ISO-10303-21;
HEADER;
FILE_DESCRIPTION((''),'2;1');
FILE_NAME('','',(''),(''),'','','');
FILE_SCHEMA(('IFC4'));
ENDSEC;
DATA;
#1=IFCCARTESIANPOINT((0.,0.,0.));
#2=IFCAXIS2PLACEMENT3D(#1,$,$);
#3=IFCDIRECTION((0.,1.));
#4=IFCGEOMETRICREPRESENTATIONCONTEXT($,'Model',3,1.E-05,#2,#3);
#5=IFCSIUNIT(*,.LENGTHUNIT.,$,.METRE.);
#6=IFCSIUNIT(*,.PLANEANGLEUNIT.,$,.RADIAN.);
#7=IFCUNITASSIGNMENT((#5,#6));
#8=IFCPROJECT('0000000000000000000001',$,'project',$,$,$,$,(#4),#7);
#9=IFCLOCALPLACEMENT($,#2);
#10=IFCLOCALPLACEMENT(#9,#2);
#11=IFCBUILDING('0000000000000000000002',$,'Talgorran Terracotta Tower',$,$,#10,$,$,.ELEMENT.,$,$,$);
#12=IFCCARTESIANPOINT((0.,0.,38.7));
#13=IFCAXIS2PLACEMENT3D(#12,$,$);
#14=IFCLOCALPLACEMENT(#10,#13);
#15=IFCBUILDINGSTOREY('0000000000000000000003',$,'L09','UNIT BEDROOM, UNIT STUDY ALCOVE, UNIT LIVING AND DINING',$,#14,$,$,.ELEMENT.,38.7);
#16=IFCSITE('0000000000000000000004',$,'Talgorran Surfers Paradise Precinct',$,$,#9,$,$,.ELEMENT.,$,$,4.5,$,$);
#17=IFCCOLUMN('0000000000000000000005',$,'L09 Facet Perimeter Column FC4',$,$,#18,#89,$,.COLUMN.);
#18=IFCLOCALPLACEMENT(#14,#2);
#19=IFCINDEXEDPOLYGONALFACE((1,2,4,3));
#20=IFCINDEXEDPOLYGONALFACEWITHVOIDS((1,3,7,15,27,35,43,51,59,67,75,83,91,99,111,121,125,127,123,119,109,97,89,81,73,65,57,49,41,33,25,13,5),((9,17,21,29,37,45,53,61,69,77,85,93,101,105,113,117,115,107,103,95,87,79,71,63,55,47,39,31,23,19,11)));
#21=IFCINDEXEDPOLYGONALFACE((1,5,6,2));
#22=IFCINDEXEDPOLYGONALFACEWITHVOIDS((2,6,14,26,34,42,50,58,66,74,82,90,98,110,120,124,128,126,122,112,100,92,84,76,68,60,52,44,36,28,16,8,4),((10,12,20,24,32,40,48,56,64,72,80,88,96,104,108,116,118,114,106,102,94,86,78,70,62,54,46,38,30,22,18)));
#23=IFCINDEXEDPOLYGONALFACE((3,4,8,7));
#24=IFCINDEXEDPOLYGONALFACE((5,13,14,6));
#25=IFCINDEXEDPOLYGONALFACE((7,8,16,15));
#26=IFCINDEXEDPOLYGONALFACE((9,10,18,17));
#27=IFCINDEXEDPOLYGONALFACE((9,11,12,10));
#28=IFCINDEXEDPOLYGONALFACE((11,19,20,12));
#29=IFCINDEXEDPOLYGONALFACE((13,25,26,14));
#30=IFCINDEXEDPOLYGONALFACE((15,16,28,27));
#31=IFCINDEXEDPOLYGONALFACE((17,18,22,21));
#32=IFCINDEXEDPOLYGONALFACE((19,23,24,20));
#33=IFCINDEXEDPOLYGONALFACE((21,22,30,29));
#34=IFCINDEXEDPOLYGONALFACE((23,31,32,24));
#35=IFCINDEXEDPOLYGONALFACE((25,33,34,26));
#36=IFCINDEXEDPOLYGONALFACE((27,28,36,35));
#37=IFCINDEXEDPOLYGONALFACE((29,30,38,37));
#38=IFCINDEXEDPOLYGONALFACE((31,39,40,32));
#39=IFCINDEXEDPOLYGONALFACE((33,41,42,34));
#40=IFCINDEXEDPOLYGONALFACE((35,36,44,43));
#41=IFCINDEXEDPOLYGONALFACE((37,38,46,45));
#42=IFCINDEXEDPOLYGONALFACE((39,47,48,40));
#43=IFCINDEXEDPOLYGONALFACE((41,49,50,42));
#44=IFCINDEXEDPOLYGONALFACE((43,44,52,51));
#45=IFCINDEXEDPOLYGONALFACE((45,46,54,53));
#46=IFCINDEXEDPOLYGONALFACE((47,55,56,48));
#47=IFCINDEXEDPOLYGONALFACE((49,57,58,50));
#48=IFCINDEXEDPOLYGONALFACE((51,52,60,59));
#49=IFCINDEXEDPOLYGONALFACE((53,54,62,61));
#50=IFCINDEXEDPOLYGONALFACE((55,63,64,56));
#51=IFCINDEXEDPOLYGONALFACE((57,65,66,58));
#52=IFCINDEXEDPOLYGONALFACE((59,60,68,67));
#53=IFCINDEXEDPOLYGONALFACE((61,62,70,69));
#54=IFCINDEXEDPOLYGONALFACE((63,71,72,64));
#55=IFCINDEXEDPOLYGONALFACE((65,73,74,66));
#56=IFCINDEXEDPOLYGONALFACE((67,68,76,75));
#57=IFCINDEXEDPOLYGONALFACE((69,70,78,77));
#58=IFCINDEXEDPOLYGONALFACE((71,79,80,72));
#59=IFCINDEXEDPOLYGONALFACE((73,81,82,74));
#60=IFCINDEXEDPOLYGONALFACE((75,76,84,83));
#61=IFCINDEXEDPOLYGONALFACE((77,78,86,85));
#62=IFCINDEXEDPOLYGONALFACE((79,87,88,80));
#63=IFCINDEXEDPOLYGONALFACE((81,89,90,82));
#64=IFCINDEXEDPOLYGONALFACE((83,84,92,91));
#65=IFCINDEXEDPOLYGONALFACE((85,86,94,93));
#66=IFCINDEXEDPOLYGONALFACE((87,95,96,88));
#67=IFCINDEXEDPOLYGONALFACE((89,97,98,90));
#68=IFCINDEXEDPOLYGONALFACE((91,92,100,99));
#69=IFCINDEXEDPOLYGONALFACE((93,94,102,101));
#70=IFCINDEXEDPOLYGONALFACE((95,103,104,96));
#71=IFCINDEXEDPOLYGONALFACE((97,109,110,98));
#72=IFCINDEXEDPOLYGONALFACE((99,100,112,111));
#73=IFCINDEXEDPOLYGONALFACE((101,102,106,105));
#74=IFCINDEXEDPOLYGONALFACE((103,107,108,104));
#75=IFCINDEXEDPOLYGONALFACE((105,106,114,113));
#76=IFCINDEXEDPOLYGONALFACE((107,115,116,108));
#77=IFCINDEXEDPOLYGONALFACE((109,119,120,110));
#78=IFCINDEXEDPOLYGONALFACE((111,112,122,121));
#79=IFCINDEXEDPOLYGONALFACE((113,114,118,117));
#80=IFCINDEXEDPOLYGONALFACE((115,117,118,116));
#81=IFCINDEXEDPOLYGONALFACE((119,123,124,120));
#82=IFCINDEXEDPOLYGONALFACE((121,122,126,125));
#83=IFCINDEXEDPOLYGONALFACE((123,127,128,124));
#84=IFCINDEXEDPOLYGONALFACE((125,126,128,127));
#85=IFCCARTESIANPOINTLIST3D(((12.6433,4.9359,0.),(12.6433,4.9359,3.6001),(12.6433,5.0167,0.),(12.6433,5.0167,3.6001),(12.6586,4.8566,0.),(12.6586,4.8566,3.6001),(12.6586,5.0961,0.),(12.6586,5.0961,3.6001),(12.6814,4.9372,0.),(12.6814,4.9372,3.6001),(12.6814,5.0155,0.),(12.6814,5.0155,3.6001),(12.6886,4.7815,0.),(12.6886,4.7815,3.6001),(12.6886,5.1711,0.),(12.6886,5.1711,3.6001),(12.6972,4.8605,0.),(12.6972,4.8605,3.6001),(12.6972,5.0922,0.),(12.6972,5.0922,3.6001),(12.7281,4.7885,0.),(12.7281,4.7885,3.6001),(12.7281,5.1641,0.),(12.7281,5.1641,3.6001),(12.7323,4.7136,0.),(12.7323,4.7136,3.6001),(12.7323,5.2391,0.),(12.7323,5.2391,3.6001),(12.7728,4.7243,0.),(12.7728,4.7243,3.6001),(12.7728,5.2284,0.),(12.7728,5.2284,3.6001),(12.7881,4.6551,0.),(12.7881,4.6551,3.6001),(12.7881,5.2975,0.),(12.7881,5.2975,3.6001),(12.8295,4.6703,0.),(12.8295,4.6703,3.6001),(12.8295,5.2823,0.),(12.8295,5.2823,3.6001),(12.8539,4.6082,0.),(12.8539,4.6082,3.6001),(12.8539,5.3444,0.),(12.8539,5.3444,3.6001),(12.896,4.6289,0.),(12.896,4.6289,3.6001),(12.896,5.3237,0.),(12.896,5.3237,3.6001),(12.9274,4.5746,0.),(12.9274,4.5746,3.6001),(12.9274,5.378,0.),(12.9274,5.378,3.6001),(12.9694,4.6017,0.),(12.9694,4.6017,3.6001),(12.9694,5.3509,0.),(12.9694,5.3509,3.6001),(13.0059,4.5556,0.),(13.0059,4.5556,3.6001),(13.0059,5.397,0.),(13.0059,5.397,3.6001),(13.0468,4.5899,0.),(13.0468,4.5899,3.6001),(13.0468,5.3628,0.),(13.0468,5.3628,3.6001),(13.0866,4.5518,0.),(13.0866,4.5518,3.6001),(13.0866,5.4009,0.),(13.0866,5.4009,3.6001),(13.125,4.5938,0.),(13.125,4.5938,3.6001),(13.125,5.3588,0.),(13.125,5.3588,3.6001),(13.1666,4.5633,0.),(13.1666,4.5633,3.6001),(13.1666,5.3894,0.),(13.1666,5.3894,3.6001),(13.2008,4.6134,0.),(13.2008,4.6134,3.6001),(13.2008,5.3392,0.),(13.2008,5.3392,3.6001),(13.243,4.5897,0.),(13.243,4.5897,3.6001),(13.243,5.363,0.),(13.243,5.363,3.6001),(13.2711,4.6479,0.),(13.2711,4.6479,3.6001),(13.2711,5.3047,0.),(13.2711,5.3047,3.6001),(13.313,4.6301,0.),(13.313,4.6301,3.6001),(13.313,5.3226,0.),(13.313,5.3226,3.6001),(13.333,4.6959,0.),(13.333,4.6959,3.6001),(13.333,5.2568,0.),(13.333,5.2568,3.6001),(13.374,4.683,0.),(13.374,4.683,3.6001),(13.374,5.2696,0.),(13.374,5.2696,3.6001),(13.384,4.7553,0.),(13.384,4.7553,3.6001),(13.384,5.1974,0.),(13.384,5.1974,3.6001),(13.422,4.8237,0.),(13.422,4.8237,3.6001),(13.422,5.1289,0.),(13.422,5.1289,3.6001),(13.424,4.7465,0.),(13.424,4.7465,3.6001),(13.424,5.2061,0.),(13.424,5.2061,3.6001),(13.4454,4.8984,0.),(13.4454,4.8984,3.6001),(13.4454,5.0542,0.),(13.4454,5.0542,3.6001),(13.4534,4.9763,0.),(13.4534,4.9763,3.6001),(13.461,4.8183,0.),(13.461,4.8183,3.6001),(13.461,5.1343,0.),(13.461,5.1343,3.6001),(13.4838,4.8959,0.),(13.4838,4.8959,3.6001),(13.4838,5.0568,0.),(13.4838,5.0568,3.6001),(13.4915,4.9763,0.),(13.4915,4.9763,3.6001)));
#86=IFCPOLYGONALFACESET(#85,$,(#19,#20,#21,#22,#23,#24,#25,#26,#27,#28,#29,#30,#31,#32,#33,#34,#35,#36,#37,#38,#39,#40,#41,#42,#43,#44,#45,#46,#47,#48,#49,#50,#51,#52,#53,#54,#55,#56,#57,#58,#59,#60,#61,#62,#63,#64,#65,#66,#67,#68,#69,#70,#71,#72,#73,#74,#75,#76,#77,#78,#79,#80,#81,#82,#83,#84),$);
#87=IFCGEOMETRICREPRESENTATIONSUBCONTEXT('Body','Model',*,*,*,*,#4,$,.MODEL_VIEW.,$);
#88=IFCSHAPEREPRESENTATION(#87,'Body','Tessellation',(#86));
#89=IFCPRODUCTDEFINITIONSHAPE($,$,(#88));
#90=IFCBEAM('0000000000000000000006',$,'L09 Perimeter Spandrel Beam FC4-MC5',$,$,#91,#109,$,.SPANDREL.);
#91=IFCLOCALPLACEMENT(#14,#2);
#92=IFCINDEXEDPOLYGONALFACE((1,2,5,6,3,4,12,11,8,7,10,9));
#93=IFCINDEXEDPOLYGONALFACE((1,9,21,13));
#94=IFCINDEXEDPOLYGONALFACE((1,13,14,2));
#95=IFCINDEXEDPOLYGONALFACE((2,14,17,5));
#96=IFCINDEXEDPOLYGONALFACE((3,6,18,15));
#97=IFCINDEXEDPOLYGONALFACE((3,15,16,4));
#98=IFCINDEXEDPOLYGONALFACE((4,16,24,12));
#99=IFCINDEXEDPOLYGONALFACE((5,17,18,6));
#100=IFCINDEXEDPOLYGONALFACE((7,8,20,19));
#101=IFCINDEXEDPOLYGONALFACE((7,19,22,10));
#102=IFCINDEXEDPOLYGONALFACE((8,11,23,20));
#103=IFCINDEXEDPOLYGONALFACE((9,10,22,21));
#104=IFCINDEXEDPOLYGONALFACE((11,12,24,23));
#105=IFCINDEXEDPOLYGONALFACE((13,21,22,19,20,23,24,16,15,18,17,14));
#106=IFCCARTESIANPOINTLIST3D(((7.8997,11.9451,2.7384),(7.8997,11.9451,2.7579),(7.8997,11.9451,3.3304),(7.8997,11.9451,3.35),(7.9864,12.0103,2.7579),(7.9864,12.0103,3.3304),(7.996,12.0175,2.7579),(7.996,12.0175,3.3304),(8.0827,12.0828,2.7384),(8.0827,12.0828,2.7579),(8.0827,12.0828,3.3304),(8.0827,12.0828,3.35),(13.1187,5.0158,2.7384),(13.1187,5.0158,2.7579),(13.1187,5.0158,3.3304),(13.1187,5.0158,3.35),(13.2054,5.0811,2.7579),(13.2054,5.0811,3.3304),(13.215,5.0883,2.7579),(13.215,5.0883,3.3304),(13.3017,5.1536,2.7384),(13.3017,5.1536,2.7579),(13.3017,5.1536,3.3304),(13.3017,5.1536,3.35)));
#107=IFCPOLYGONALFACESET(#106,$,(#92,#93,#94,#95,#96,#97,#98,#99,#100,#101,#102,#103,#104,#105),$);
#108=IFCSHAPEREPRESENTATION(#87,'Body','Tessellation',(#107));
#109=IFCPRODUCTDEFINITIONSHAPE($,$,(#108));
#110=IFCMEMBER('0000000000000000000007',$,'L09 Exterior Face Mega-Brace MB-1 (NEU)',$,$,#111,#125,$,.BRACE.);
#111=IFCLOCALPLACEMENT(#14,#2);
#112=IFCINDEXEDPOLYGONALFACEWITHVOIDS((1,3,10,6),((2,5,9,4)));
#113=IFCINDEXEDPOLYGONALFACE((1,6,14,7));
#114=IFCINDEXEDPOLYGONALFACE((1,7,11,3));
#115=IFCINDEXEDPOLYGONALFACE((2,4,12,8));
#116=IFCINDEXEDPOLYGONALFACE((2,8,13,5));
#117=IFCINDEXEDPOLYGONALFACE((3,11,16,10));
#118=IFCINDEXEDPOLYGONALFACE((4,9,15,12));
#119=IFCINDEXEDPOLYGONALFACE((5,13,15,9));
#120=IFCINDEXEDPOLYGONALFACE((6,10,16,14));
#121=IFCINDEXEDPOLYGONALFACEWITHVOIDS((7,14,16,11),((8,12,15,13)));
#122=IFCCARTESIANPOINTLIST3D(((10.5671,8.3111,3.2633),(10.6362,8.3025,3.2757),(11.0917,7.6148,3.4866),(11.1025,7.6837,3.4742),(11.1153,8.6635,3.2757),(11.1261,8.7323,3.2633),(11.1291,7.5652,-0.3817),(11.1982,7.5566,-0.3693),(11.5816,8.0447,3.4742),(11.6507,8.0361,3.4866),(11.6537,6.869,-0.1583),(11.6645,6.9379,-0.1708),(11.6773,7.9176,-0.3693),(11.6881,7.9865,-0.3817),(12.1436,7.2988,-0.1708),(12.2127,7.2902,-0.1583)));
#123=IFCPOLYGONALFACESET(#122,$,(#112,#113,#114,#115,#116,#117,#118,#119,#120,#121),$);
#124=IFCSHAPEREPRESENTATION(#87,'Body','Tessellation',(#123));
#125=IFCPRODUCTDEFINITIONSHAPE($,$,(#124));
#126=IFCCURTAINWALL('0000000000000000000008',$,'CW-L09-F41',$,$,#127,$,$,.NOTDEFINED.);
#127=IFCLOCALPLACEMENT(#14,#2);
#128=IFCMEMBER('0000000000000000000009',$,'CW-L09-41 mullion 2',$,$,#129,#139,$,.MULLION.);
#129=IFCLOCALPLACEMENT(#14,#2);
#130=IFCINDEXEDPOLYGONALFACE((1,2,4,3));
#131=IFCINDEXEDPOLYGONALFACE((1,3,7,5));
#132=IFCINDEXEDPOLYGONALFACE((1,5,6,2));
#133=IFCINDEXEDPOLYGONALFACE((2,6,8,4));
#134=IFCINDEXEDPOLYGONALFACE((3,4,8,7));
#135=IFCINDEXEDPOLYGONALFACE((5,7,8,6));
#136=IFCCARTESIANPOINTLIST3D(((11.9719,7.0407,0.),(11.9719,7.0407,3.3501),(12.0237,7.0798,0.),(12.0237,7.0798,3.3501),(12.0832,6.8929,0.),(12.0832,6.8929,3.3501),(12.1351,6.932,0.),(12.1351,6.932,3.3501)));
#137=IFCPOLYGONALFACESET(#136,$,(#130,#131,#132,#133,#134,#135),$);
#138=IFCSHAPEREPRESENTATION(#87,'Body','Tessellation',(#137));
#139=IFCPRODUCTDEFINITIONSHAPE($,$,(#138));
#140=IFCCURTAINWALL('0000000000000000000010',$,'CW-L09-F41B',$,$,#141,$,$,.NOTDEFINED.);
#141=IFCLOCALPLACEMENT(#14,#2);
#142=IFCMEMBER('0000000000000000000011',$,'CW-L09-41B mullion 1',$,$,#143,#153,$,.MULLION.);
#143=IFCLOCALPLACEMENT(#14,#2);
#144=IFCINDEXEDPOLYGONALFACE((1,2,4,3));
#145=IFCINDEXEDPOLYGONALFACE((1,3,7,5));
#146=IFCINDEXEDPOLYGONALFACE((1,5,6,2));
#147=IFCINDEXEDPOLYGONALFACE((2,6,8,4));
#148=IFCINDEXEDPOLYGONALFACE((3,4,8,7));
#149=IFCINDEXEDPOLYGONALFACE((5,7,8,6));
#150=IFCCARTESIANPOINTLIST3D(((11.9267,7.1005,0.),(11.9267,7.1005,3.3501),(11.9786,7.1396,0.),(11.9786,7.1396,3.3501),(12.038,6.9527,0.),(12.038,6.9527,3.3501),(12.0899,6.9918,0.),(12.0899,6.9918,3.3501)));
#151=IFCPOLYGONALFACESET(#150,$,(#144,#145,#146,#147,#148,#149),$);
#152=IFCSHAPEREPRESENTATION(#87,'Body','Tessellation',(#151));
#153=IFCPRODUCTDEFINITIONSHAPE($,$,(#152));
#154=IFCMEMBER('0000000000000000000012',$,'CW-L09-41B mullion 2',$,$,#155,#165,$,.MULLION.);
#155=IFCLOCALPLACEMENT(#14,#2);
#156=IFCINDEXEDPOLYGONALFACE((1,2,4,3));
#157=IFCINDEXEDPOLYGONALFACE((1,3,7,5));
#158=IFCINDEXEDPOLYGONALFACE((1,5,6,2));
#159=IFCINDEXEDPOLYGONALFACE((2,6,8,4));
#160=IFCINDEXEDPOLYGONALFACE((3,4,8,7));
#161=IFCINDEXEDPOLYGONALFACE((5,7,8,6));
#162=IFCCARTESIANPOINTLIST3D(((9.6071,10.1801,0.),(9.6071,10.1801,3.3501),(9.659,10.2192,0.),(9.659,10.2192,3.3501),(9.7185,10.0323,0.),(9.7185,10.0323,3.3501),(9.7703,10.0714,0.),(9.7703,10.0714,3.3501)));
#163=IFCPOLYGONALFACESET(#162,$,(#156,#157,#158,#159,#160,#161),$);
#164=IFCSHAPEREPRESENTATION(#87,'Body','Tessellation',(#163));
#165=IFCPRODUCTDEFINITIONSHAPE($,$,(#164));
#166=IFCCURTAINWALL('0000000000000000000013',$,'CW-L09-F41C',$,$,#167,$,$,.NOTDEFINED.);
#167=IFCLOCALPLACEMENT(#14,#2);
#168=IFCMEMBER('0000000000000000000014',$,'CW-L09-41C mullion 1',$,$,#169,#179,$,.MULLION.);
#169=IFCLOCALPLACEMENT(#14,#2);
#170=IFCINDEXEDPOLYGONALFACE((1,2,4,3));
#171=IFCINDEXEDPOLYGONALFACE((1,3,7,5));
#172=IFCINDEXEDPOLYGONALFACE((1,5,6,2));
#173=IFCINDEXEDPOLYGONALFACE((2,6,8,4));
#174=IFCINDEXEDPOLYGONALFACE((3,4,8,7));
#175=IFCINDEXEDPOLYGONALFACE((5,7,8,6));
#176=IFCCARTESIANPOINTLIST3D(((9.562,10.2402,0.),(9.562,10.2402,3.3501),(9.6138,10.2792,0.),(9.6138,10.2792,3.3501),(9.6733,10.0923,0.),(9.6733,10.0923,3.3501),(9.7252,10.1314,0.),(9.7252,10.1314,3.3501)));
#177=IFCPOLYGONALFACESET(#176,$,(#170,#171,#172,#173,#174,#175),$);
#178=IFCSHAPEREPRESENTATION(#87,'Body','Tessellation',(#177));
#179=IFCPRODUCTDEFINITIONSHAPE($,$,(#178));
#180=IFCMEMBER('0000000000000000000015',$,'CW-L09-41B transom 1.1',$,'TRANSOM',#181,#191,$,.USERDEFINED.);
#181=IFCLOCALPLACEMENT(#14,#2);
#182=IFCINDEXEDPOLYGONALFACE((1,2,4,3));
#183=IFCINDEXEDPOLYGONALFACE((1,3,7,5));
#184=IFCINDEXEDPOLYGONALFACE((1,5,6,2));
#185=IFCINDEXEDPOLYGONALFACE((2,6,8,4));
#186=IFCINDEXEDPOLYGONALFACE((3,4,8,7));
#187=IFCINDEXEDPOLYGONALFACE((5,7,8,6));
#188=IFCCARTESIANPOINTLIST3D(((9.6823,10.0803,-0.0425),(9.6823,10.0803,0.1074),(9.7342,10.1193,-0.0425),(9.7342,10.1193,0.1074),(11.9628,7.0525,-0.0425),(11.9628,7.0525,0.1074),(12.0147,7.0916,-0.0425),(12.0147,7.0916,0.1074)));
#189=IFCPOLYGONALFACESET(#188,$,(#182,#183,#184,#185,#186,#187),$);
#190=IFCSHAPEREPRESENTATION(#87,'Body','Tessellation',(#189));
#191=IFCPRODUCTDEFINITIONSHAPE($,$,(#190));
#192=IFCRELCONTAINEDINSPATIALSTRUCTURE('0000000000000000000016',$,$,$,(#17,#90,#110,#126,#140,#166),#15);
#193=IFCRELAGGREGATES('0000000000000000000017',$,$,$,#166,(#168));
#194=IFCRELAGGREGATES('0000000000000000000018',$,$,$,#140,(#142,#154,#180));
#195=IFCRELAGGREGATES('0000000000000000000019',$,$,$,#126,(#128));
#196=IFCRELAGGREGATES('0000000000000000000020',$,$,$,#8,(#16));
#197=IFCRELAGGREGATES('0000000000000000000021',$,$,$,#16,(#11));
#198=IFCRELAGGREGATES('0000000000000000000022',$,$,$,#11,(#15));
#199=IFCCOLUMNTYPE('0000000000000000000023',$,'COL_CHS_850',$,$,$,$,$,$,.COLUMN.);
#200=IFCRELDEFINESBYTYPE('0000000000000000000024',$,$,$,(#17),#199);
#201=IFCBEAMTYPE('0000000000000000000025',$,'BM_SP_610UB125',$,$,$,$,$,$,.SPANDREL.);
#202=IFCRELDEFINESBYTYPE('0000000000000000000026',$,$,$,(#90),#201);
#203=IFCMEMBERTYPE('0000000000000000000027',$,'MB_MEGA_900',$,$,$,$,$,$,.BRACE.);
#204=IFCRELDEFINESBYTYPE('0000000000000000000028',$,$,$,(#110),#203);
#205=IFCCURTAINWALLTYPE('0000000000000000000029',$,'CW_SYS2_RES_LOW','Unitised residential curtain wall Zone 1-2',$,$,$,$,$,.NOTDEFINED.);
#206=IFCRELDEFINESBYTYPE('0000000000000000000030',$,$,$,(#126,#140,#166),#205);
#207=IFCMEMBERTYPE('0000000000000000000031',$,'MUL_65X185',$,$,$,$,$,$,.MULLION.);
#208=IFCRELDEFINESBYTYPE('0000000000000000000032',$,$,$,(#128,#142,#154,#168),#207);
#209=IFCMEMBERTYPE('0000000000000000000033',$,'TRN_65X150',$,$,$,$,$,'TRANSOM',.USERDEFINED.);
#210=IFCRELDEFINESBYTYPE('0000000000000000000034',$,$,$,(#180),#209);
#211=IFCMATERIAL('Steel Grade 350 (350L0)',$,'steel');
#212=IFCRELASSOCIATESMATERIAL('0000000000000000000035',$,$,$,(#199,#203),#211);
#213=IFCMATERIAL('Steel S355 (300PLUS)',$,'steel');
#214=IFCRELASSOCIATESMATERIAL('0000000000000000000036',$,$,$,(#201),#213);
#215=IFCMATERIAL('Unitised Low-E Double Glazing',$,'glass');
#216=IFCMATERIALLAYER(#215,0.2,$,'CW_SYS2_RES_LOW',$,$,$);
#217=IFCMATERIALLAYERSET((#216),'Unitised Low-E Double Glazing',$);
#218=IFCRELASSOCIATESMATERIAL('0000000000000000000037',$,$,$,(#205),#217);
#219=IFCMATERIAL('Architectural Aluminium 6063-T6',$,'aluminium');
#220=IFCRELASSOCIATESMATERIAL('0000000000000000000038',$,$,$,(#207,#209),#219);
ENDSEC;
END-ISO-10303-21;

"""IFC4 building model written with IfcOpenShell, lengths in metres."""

from ifc_helpers import new_model, si_unit, direction, frame, origin, origin_2d, place, context, subcontext, project, spatial, rectangle, hollow_rectangle, hollow_circle, i_section, extrude, material, layer, layer_set, material_profile, profile_set, type_object, element, aggregate, save


model = new_model("IFC4")

# Units and contexts
model_context = context("Model", 3, precision=1e-05, world=origin(), true_north=direction((0.0, 1.0)))
body_context = subcontext(model_context, "Body", "Model", "MODEL_VIEW")
ifc_project = project(units=[si_unit("LENGTHUNIT", "METRE"), si_unit("PLANEANGLEUNIT", "RADIAN")], contexts=[model_context])

# Site, building, storey
site_placement = place(None, origin())
site = spatial("IfcSite", under=ifc_project, at=site_placement, Name="Talgorran Surfers Paradise Precinct", CompositionType="ELEMENT", RefElevation=4.5)
building_placement = place(site_placement, origin())
building = spatial("IfcBuilding", under=site, at=building_placement, Name="Talgorran Terracotta Tower", CompositionType="ELEMENT")
storey_placement = place(building_placement, frame((0.0, 0.0, 38.7)))
storey = spatial("IfcBuildingStorey", under=building, at=storey_placement, Name="L09", Description="UNIT BEDROOM, UNIT STUDY ALCOVE, UNIT LIVING AND DINING", CompositionType="ELEMENT", Elevation=38.7)

# Column
ifc_material_1 = material(Name="Steel Grade 350 (350L0)", Category="steel")
ifc_material_profile_1 = material_profile(ifc_material_1, hollow_circle(Radius=0.425, WallThickness=0.0381, at=origin_2d()), Name="CHS850X38")
ifc_profile_set_1 = profile_set([ifc_material_profile_1], Name="Steel Grade 350 (350L0)")
column_type = type_object("IfcColumnType", Name="COL_CHS_850", PredefinedType="COLUMN", material=ifc_profile_set_1)
column_placement = place(storey_placement, frame((13.0664, 4.9763, 0.0), z_axis=(0.0, 0.0, 1.0), x_axis=(1.0, 0.0, 0.0)))
element("IfcColumn", 1, at=column_placement, inside=storey, type_object=column_type, Name="L09 Facet Perimeter Column FC4", PredefinedType="COLUMN", context=body_context, shape_type="SweptSolid", body=[
    extrude(hollow_circle(Radius=0.425, WallThickness=0.0381, at=origin_2d()), origin(), (0.0, 0.0, 1.0), 3.6001),
])

# Beam
ifc_material_2 = material(Name="Steel S355 (300PLUS)", Category="steel")
ifc_material_profile_2 = material_profile(ifc_material_2, i_section(OverallWidth=0.229, OverallDepth=0.6116, WebThickness=0.012, FlangeThickness=0.0195, at=origin_2d()), Name="610UB125")
ifc_profile_set_2 = profile_set([ifc_material_profile_2], Name="Steel S355 (300PLUS)")
beam_type = type_object("IfcBeamType", Name="BM_SP_610UB125", PredefinedType="SPANDREL", material=ifc_profile_set_2)
beam_placement = place(storey_placement, frame((13.2102, 5.0847, 3.0442), z_axis=(-0.601629, 0.798776, 0.0), x_axis=(-0.798776, -0.601629, 0.0)))
element("IfcBeam", 2, at=beam_placement, inside=storey, type_object=beam_type, Name="L09 Perimeter Spandrel Beam FC4-MC5", PredefinedType="SPANDREL", context=body_context, shape_type="SweptSolid", body=[
    extrude(i_section(OverallWidth=0.229, OverallDepth=0.6116, WebThickness=0.012, FlangeThickness=0.0195, at=origin_2d()), origin(), (0.0, 0.0, 1.0), 8.6748),
])

# Member
ifc_material_profile_3 = material_profile(ifc_material_1, hollow_rectangle(XDim=0.7, YDim=0.8999, WallThickness=0.05, at=origin_2d()), Name="WBOX900X700X50")
ifc_profile_set_3 = profile_set([ifc_material_profile_3], Name="Steel Grade 350 (350L0)")
member_type_1 = type_object("IfcMemberType", Name="MB_MEGA_900", PredefinedType="BRACE", material=ifc_profile_set_3)
member_1_placement = place(storey_placement, frame((11.6709, 7.4277, -0.27), z_axis=(-0.149362, 0.198219, 0.968711), x_axis=(-0.798649, -0.601797, 0.0)))
element("IfcMember", 3, at=member_1_placement, inside=storey, type_object=member_type_1, Name="L09 Exterior Face Mega-Brace MB-1 (NEU)", PredefinedType="BRACE", context=body_context, shape_type="SweptSolid", body=[
    extrude(hollow_rectangle(XDim=0.7, YDim=0.8999, WallThickness=0.05, at=origin_2d()), origin(), (0.0, 0.0, 1.0), 3.7627),
])

# Curtain wall, member
ifc_material_3 = material(Name="Unitised Low-E Double Glazing", Category="glass")
ifc_layer_1 = layer(ifc_material_3, 0.2, Name="CW_SYS2_RES_LOW")
ifc_layer_set_1 = layer_set([ifc_layer_1], Name="Unitised Low-E Double Glazing")
curtain_wall_type = type_object("IfcCurtainWallType", Name="CW_SYS2_RES_LOW", Description="Unitised residential curtain wall Zone 1-2", PredefinedType="NOTDEFINED", material=ifc_layer_set_1)
curtain_wall_1_placement = place(storey_placement, origin())
curtain_wall_1 = element("IfcCurtainWall", 4, at=curtain_wall_1_placement, inside=storey, type_object=curtain_wall_type, Name="CW-L09-F41", PredefinedType="NOTDEFINED")
ifc_material_4 = material(Name="Architectural Aluminium 6063-T6", Category="aluminium")
ifc_material_profile_4 = material_profile(ifc_material_4, rectangle(XDim=0.0649, YDim=0.1851, at=origin_2d()), Name="CWM65X185")
ifc_profile_set_4 = profile_set([ifc_material_profile_4], Name="Architectural Aluminium 6063-T6")
member_type_2 = type_object("IfcMemberType", Name="MUL_65X185", PredefinedType="MULLION", material=ifc_profile_set_4)
member_2_placement = place(storey_placement, frame((12.0535, 6.9863, 0.0), z_axis=(0.0, 0.0, 1.0), x_axis=(-0.798778, -0.601626, 0.0)))
member_2 = element("IfcMember", 5, at=member_2_placement, type_object=member_type_2, Name="CW-L09-41 mullion 2", PredefinedType="MULLION", context=body_context, shape_type="SweptSolid", body=[
    extrude(rectangle(XDim=0.0649, YDim=0.1851, at=origin_2d()), origin(), (0.0, 0.0, 1.0), 3.3501),
])

# Curtain wall, members
curtain_wall_2_placement = place(storey_placement, origin())
curtain_wall_2 = element("IfcCurtainWall", 6, at=curtain_wall_2_placement, inside=storey, type_object=curtain_wall_type, Name="CW-L09-F41B", PredefinedType="NOTDEFINED")
member_3_placement = place(storey_placement, frame((12.0083, 7.0461, 0.0), z_axis=(0.0, 0.0, 1.0), x_axis=(-0.798774, -0.601631, 0.0)))
member_3 = element("IfcMember", 7, at=member_3_placement, type_object=member_type_2, Name="CW-L09-41B mullion 1", PredefinedType="MULLION", context=body_context, shape_type="SweptSolid", body=[
    extrude(rectangle(XDim=0.0649, YDim=0.1851, at=origin_2d()), origin(), (0.0, 0.0, 1.0), 3.3501),
])
member_4_placement = place(storey_placement, frame((9.6887, 10.1257, 0.0), z_axis=(0.0, 0.0, 1.0), x_axis=(-0.798774, -0.601631, 0.0)))
member_4 = element("IfcMember", 8, at=member_4_placement, type_object=member_type_2, Name="CW-L09-41B mullion 2", PredefinedType="MULLION", context=body_context, shape_type="SweptSolid", body=[
    extrude(rectangle(XDim=0.0649, YDim=0.1851, at=origin_2d()), origin(), (0.0, 0.0, 1.0), 3.3501),
])

# Curtain wall, member
curtain_wall_3_placement = place(storey_placement, origin())
curtain_wall_3 = element("IfcCurtainWall", 9, at=curtain_wall_3_placement, inside=storey, type_object=curtain_wall_type, Name="CW-L09-F41C", PredefinedType="NOTDEFINED")
member_5_placement = place(storey_placement, frame((9.6436, 10.1858, 0.0), z_axis=(0.0, 0.0, 1.0), x_axis=(-0.798788, -0.601613, 0.0)))
member_5 = element("IfcMember", 10, at=member_5_placement, type_object=member_type_2, Name="CW-L09-41C mullion 1", PredefinedType="MULLION", context=body_context, shape_type="SweptSolid", body=[
    extrude(rectangle(XDim=0.0649, YDim=0.1851, at=origin_2d()), origin(), (0.0, 0.0, 1.0), 3.3501),
])

# Member
ifc_material_profile_5 = material_profile(ifc_material_4, rectangle(XDim=0.0649, YDim=0.1499, at=origin_2d()), Name="CWT65X150")
ifc_profile_set_5 = profile_set([ifc_material_profile_5], Name="Architectural Aluminium 6063-T6")
member_type_3 = type_object("IfcMemberType", Name="TRN_65X150", ElementType="TRANSOM", PredefinedType="USERDEFINED", material=ifc_profile_set_5)
member_6_placement = place(storey_placement, frame((11.9888, 7.072, 0.0325), z_axis=(-0.601627, 0.798777, 0.0), x_axis=(-0.798777, -0.601627, 0.0)))
member_6 = element("IfcMember", 11, at=member_6_placement, type_object=member_type_3, Name="CW-L09-41B transom 1.1", ObjectType="TRANSOM", PredefinedType="USERDEFINED", context=body_context, shape_type="SweptSolid", body=[
    extrude(rectangle(XDim=0.0649, YDim=0.1499, at=origin_2d()), origin(), (0.0, 0.0, 1.0), 3.7905),
])
aggregate(curtain_wall_3, [member_5])

aggregate(curtain_wall_2, [member_3, member_4, member_6])
aggregate(curtain_wall_1, [member_2])

save(model, "model.ifc")
